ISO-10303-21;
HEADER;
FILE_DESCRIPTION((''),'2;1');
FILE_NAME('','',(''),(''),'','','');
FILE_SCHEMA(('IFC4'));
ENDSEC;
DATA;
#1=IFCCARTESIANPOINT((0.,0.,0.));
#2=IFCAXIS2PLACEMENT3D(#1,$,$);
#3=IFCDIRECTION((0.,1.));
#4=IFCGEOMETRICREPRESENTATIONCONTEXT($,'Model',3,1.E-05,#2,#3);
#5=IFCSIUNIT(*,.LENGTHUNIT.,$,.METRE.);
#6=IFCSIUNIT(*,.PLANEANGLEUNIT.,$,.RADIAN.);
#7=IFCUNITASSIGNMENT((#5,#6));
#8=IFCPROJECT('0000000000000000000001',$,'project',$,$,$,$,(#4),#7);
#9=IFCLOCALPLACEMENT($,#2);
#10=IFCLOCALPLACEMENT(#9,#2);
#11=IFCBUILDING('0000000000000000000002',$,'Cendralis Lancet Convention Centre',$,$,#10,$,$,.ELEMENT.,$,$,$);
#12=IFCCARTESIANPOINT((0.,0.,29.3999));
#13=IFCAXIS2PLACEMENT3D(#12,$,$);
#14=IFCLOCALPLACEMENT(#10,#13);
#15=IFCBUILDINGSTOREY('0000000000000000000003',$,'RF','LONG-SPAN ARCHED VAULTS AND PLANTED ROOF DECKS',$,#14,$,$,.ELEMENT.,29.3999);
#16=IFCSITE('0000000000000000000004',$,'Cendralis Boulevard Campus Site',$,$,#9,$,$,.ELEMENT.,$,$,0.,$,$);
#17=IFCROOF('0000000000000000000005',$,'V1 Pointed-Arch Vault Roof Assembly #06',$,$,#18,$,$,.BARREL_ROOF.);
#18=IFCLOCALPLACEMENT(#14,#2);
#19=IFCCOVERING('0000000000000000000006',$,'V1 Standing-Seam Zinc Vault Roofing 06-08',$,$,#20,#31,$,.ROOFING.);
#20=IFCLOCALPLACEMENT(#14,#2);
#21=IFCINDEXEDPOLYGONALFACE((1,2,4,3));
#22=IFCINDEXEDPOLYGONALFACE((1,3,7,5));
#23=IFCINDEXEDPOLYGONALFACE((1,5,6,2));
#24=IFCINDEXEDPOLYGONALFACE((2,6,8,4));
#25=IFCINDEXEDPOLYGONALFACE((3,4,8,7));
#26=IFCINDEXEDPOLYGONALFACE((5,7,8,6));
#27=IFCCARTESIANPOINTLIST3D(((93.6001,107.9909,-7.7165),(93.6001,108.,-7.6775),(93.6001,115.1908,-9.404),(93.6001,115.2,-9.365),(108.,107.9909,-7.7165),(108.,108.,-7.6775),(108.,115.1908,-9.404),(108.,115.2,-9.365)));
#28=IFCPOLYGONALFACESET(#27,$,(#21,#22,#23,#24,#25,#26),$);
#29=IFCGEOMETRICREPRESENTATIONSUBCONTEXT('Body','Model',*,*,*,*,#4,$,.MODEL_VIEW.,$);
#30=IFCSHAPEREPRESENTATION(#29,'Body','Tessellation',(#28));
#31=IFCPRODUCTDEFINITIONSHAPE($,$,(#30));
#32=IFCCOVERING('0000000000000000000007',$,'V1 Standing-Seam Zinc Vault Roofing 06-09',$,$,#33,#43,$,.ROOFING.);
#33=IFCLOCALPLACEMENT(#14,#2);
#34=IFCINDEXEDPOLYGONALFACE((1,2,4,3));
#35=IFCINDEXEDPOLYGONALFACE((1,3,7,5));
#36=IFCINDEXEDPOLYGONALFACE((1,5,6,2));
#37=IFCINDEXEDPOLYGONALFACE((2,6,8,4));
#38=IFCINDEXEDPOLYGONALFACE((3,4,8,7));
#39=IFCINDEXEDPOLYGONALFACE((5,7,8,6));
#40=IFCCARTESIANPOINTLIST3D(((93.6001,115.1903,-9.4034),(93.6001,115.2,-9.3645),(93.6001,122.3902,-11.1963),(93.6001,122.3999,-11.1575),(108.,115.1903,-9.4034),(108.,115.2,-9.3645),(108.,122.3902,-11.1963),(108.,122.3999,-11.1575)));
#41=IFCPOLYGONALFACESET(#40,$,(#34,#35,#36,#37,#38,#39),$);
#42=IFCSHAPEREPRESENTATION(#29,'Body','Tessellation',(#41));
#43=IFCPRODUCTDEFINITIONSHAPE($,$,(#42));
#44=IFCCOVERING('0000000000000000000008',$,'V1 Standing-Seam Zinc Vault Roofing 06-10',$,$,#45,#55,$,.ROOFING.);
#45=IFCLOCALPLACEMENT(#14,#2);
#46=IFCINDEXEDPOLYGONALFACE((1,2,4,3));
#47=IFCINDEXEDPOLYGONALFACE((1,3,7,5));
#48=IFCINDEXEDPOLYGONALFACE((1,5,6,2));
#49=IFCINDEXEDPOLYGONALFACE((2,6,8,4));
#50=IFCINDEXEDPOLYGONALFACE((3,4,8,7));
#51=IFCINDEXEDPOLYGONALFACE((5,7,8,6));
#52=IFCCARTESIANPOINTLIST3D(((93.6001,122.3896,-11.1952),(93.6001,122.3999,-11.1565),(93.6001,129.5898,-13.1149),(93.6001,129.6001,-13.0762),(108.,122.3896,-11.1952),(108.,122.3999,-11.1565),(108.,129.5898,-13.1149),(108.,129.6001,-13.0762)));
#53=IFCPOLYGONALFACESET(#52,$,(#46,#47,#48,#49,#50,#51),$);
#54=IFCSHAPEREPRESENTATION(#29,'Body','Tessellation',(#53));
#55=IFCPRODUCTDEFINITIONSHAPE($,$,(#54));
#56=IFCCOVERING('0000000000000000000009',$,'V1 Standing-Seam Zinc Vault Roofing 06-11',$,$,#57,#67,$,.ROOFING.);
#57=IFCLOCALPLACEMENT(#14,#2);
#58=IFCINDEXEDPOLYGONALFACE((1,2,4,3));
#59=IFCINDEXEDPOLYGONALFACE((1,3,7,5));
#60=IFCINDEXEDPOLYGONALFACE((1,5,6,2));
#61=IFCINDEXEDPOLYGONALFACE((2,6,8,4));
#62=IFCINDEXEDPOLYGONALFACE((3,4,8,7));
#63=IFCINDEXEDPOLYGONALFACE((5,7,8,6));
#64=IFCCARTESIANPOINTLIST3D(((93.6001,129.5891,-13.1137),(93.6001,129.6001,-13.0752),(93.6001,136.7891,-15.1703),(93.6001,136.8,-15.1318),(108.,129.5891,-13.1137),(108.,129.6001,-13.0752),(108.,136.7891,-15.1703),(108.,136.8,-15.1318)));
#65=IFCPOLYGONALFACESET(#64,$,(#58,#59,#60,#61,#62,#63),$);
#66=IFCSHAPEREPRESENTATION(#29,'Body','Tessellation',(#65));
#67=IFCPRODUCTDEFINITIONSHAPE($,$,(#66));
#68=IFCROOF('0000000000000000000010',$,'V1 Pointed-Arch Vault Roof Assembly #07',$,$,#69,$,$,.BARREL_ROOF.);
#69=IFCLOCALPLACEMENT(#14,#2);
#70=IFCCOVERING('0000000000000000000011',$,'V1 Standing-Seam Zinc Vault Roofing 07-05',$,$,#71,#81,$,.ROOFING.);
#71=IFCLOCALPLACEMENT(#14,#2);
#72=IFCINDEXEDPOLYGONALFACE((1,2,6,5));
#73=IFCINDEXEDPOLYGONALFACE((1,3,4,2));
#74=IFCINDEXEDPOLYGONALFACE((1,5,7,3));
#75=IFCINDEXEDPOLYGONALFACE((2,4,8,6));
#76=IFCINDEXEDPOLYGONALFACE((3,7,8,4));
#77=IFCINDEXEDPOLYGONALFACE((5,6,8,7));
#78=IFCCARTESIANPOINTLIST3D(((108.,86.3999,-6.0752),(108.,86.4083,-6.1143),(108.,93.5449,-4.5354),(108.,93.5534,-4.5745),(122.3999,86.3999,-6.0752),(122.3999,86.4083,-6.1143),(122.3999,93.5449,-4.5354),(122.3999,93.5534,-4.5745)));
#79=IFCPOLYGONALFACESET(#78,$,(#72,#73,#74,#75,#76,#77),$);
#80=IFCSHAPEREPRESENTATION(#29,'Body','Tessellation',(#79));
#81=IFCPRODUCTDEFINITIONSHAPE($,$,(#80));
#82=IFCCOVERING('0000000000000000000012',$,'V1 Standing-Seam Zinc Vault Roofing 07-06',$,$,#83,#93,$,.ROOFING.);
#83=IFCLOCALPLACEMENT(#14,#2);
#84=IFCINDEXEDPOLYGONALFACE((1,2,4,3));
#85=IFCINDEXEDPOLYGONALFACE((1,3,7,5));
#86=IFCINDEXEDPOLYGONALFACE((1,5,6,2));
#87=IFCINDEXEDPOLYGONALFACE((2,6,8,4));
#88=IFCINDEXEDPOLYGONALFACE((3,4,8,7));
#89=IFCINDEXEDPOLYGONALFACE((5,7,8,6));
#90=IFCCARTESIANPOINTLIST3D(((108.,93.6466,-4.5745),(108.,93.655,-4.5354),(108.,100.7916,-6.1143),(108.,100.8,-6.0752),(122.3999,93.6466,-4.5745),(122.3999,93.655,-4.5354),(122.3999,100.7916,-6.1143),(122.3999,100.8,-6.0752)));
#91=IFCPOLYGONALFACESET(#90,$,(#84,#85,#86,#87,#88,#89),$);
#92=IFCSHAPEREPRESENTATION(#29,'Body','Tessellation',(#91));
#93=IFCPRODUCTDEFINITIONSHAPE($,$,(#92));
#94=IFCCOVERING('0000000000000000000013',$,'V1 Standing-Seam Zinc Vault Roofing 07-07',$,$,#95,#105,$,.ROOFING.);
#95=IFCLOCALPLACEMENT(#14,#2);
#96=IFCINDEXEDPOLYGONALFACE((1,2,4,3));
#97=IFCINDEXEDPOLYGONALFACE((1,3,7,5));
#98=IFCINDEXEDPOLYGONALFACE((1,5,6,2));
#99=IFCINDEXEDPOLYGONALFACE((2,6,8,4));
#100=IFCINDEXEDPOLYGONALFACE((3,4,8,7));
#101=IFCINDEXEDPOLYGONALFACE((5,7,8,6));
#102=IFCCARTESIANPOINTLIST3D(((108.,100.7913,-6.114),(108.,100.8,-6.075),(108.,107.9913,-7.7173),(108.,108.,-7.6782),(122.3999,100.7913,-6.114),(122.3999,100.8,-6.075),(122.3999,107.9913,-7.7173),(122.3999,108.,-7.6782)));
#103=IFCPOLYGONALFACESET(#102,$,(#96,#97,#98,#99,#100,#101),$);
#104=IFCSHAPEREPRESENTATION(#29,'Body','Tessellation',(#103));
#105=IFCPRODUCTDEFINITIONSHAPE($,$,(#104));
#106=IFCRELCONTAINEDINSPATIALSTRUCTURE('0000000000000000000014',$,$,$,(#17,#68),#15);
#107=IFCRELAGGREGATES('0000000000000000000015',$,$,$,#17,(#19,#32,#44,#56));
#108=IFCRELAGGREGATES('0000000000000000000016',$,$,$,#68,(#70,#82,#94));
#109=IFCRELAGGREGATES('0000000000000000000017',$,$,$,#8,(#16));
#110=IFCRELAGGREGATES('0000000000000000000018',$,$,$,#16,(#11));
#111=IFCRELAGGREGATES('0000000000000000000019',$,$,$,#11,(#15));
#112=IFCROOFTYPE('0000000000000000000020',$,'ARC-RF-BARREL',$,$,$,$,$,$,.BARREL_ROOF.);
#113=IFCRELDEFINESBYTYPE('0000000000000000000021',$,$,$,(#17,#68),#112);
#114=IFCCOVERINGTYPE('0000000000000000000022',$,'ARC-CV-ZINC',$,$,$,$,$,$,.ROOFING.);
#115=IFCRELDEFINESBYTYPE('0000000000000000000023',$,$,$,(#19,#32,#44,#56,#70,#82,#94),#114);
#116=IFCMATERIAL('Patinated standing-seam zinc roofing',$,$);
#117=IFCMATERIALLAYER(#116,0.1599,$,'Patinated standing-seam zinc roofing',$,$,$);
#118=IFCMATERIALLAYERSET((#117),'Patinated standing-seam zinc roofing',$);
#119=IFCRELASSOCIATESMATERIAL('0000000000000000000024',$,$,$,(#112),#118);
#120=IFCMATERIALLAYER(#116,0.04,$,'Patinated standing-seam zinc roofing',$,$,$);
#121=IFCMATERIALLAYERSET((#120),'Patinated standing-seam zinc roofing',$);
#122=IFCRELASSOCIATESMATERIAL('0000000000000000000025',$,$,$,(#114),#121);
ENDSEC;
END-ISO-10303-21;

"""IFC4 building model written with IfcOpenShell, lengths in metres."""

from ifc_helpers import new_model, si_unit, direction, frame, origin, place, context, subcontext, project, spatial, polyline, outline, extrude, material, layer, layer_set, type_object, element, aggregate, save


model = new_model("IFC4")

# Units and contexts
model_context = context("Model", 3, precision=1e-05, world=origin(), true_north=direction((0.0, 1.0)))
body_context = subcontext(model_context, "Body", "Model", "MODEL_VIEW")
ifc_project = project(units=[si_unit("LENGTHUNIT", "METRE"), si_unit("PLANEANGLEUNIT", "RADIAN")], contexts=[model_context])

# Site, building, storey
site_placement = place(None, origin())
site = spatial("IfcSite", under=ifc_project, at=site_placement, Name="Cendralis Boulevard Campus Site", CompositionType="ELEMENT", RefElevation=0.0)
building_placement = place(site_placement, origin())
building = spatial("IfcBuilding", under=site, at=building_placement, Name="Cendralis Lancet Convention Centre", CompositionType="ELEMENT")
storey_placement = place(building_placement, frame((0.0, 0.0, 29.3999)))
storey = spatial("IfcBuildingStorey", under=building, at=storey_placement, Name="RF", Description="LONG-SPAN ARCHED VAULTS AND PLANTED ROOF DECKS", CompositionType="ELEMENT", Elevation=29.3999)

# Roofs, coverings
ifc_material_1 = material(Name="Patinated standing-seam zinc roofing")
ifc_layer_1 = layer(ifc_material_1, 0.1599, Name="Patinated standing-seam zinc roofing")
ifc_layer_set_1 = layer_set([ifc_layer_1], Name="Patinated standing-seam zinc roofing")
roof_type = type_object("IfcRoofType", Name="ARC-RF-BARREL", PredefinedType="BARREL_ROOF", material=ifc_layer_set_1)
roof_1_placement = place(storey_placement, origin())
roof_1 = element("IfcRoof", 1, at=roof_1_placement, inside=storey, type_object=roof_type, Name="V1 Pointed-Arch Vault Roof Assembly #06", PredefinedType="BARREL_ROOF")
ifc_layer_2 = layer(ifc_material_1, 0.04, Name="Patinated standing-seam zinc roofing")
ifc_layer_set_2 = layer_set([ifc_layer_2], Name="Patinated standing-seam zinc roofing")
covering_type = type_object("IfcCoveringType", Name="ARC-CV-ZINC", PredefinedType="ROOFING", material=ifc_layer_set_2)
covering_1_placement = place(storey_placement, frame((93.6001, 108.0, -7.6775), z_axis=(0.0, 0.228193, 0.973616), x_axis=(1.0, 0.0, 0.0)))
covering_1 = element("IfcCovering", 2, at=covering_1_placement, type_object=covering_type, Name="V1 Standing-Seam Zinc Vault Roofing 06-08", PredefinedType="ROOFING", context=body_context, shape_type="SweptSolid", body=[
    extrude(outline(polyline([(0.0, 0.0), (14.3999, 0.0), (14.3999, 7.3951), (0.0, 7.3951), (0.0, 0.0)])), origin(), (0.0, 0.0, -1.0), 0.04),
])
covering_2_placement = place(storey_placement, frame((93.6001, 115.2, -9.3645), z_axis=(0.0, 0.241645, 0.970365), x_axis=(1.0, 0.0, 0.0)))
covering_2 = element("IfcCovering", 3, at=covering_2_placement, type_object=covering_type, Name="V1 Standing-Seam Zinc Vault Roofing 06-09", PredefinedType="ROOFING", context=body_context, shape_type="SweptSolid", body=[
    extrude(outline(polyline([(0.0, 0.0), (14.3999, 0.0), (14.3999, 7.4198), (0.0, 7.4198), (0.0, 0.0)])), origin(), (0.0, 0.0, -1.0), 0.04),
])
covering_3_placement = place(storey_placement, frame((93.6001, 122.3999, -11.1565), z_axis=(0.0, 0.257616, 0.966247), x_axis=(1.0, 0.0, 0.0)))
covering_3 = element("IfcCovering", 4, at=covering_3_placement, type_object=covering_type, Name="V1 Standing-Seam Zinc Vault Roofing 06-10", PredefinedType="ROOFING", context=body_context, shape_type="SweptSolid", body=[
    extrude(outline(polyline([(0.0, 0.0), (14.3999, 0.0), (14.3999, 7.4517), (0.0, 7.4517), (0.0, 0.0)])), origin(), (0.0, 0.0, -1.0), 0.04),
])
covering_4_placement = place(storey_placement, frame((93.6001, 129.6001, -13.0752), z_axis=(0.0, 0.274661, 0.961541), x_axis=(1.0, 0.0, 0.0)))
covering_4 = element("IfcCovering", 5, at=covering_4_placement, type_object=covering_type, Name="V1 Standing-Seam Zinc Vault Roofing 06-11", PredefinedType="ROOFING", context=body_context, shape_type="SweptSolid", body=[
    extrude(outline(polyline([(0.0, 0.0), (14.3999, 0.0), (14.3999, 7.4879), (0.0, 7.4879), (0.0, 0.0)])), origin(), (0.0, 0.0, -1.0), 0.04),
])
aggregate(roof_1, [covering_1, covering_2, covering_3, covering_4])
roof_2_placement = place(storey_placement, origin())
roof_2 = element("IfcRoof", 6, at=roof_2_placement, inside=storey, type_object=roof_type, Name="V1 Pointed-Arch Vault Roof Assembly #07", PredefinedType="BARREL_ROOF")
covering_5_placement = place(storey_placement, frame((108.0, 86.3999, -6.0752), z_axis=(0.0, -0.21067, 0.977557), x_axis=(1.0, 0.0, 0.0)))
covering_5 = element("IfcCovering", 7, at=covering_5_placement, type_object=covering_type, Name="V1 Standing-Seam Zinc Vault Roofing 07-05", PredefinedType="ROOFING", context=body_context, shape_type="SweptSolid", body=[
    extrude(outline(polyline([(0.0, 0.0), (14.3999, 0.0), (14.3999, 7.3091), (0.0, 7.3091), (0.0, 0.0)])), origin(), (0.0, 0.0, -1.0), 0.04),
])
covering_6_placement = place(storey_placement, frame((108.0, 93.655, -4.5354), z_axis=(0.0, 0.21067, 0.977557), x_axis=(1.0, 0.0, 0.0)))
covering_6 = element("IfcCovering", 8, at=covering_6_placement, type_object=covering_type, Name="V1 Standing-Seam Zinc Vault Roofing 07-06", PredefinedType="ROOFING", context=body_context, shape_type="SweptSolid", body=[
    extrude(outline(polyline([(0.0, 0.0), (14.3999, 0.0), (14.3999, 7.3091), (0.0, 7.3091), (0.0, 0.0)])), origin(), (0.0, 0.0, -1.0), 0.04),
])
covering_7_placement = place(storey_placement, frame((108.0, 100.8, -6.075), z_axis=(0.0, 0.217354, 0.976093), x_axis=(1.0, 0.0, 0.0)))
covering_7 = element("IfcCovering", 9, at=covering_7_placement, type_object=covering_type, Name="V1 Standing-Seam Zinc Vault Roofing 07-07", PredefinedType="ROOFING", context=body_context, shape_type="SweptSolid", body=[
    extrude(outline(polyline([(0.0, 0.0), (14.3999, 0.0), (14.3999, 7.3763), (0.0, 7.3763), (0.0, 0.0)])), origin(), (0.0, 0.0, -1.0), 0.04),
])
aggregate(roof_2, [covering_5, covering_6, covering_7])

save(model, "model.ifc")
